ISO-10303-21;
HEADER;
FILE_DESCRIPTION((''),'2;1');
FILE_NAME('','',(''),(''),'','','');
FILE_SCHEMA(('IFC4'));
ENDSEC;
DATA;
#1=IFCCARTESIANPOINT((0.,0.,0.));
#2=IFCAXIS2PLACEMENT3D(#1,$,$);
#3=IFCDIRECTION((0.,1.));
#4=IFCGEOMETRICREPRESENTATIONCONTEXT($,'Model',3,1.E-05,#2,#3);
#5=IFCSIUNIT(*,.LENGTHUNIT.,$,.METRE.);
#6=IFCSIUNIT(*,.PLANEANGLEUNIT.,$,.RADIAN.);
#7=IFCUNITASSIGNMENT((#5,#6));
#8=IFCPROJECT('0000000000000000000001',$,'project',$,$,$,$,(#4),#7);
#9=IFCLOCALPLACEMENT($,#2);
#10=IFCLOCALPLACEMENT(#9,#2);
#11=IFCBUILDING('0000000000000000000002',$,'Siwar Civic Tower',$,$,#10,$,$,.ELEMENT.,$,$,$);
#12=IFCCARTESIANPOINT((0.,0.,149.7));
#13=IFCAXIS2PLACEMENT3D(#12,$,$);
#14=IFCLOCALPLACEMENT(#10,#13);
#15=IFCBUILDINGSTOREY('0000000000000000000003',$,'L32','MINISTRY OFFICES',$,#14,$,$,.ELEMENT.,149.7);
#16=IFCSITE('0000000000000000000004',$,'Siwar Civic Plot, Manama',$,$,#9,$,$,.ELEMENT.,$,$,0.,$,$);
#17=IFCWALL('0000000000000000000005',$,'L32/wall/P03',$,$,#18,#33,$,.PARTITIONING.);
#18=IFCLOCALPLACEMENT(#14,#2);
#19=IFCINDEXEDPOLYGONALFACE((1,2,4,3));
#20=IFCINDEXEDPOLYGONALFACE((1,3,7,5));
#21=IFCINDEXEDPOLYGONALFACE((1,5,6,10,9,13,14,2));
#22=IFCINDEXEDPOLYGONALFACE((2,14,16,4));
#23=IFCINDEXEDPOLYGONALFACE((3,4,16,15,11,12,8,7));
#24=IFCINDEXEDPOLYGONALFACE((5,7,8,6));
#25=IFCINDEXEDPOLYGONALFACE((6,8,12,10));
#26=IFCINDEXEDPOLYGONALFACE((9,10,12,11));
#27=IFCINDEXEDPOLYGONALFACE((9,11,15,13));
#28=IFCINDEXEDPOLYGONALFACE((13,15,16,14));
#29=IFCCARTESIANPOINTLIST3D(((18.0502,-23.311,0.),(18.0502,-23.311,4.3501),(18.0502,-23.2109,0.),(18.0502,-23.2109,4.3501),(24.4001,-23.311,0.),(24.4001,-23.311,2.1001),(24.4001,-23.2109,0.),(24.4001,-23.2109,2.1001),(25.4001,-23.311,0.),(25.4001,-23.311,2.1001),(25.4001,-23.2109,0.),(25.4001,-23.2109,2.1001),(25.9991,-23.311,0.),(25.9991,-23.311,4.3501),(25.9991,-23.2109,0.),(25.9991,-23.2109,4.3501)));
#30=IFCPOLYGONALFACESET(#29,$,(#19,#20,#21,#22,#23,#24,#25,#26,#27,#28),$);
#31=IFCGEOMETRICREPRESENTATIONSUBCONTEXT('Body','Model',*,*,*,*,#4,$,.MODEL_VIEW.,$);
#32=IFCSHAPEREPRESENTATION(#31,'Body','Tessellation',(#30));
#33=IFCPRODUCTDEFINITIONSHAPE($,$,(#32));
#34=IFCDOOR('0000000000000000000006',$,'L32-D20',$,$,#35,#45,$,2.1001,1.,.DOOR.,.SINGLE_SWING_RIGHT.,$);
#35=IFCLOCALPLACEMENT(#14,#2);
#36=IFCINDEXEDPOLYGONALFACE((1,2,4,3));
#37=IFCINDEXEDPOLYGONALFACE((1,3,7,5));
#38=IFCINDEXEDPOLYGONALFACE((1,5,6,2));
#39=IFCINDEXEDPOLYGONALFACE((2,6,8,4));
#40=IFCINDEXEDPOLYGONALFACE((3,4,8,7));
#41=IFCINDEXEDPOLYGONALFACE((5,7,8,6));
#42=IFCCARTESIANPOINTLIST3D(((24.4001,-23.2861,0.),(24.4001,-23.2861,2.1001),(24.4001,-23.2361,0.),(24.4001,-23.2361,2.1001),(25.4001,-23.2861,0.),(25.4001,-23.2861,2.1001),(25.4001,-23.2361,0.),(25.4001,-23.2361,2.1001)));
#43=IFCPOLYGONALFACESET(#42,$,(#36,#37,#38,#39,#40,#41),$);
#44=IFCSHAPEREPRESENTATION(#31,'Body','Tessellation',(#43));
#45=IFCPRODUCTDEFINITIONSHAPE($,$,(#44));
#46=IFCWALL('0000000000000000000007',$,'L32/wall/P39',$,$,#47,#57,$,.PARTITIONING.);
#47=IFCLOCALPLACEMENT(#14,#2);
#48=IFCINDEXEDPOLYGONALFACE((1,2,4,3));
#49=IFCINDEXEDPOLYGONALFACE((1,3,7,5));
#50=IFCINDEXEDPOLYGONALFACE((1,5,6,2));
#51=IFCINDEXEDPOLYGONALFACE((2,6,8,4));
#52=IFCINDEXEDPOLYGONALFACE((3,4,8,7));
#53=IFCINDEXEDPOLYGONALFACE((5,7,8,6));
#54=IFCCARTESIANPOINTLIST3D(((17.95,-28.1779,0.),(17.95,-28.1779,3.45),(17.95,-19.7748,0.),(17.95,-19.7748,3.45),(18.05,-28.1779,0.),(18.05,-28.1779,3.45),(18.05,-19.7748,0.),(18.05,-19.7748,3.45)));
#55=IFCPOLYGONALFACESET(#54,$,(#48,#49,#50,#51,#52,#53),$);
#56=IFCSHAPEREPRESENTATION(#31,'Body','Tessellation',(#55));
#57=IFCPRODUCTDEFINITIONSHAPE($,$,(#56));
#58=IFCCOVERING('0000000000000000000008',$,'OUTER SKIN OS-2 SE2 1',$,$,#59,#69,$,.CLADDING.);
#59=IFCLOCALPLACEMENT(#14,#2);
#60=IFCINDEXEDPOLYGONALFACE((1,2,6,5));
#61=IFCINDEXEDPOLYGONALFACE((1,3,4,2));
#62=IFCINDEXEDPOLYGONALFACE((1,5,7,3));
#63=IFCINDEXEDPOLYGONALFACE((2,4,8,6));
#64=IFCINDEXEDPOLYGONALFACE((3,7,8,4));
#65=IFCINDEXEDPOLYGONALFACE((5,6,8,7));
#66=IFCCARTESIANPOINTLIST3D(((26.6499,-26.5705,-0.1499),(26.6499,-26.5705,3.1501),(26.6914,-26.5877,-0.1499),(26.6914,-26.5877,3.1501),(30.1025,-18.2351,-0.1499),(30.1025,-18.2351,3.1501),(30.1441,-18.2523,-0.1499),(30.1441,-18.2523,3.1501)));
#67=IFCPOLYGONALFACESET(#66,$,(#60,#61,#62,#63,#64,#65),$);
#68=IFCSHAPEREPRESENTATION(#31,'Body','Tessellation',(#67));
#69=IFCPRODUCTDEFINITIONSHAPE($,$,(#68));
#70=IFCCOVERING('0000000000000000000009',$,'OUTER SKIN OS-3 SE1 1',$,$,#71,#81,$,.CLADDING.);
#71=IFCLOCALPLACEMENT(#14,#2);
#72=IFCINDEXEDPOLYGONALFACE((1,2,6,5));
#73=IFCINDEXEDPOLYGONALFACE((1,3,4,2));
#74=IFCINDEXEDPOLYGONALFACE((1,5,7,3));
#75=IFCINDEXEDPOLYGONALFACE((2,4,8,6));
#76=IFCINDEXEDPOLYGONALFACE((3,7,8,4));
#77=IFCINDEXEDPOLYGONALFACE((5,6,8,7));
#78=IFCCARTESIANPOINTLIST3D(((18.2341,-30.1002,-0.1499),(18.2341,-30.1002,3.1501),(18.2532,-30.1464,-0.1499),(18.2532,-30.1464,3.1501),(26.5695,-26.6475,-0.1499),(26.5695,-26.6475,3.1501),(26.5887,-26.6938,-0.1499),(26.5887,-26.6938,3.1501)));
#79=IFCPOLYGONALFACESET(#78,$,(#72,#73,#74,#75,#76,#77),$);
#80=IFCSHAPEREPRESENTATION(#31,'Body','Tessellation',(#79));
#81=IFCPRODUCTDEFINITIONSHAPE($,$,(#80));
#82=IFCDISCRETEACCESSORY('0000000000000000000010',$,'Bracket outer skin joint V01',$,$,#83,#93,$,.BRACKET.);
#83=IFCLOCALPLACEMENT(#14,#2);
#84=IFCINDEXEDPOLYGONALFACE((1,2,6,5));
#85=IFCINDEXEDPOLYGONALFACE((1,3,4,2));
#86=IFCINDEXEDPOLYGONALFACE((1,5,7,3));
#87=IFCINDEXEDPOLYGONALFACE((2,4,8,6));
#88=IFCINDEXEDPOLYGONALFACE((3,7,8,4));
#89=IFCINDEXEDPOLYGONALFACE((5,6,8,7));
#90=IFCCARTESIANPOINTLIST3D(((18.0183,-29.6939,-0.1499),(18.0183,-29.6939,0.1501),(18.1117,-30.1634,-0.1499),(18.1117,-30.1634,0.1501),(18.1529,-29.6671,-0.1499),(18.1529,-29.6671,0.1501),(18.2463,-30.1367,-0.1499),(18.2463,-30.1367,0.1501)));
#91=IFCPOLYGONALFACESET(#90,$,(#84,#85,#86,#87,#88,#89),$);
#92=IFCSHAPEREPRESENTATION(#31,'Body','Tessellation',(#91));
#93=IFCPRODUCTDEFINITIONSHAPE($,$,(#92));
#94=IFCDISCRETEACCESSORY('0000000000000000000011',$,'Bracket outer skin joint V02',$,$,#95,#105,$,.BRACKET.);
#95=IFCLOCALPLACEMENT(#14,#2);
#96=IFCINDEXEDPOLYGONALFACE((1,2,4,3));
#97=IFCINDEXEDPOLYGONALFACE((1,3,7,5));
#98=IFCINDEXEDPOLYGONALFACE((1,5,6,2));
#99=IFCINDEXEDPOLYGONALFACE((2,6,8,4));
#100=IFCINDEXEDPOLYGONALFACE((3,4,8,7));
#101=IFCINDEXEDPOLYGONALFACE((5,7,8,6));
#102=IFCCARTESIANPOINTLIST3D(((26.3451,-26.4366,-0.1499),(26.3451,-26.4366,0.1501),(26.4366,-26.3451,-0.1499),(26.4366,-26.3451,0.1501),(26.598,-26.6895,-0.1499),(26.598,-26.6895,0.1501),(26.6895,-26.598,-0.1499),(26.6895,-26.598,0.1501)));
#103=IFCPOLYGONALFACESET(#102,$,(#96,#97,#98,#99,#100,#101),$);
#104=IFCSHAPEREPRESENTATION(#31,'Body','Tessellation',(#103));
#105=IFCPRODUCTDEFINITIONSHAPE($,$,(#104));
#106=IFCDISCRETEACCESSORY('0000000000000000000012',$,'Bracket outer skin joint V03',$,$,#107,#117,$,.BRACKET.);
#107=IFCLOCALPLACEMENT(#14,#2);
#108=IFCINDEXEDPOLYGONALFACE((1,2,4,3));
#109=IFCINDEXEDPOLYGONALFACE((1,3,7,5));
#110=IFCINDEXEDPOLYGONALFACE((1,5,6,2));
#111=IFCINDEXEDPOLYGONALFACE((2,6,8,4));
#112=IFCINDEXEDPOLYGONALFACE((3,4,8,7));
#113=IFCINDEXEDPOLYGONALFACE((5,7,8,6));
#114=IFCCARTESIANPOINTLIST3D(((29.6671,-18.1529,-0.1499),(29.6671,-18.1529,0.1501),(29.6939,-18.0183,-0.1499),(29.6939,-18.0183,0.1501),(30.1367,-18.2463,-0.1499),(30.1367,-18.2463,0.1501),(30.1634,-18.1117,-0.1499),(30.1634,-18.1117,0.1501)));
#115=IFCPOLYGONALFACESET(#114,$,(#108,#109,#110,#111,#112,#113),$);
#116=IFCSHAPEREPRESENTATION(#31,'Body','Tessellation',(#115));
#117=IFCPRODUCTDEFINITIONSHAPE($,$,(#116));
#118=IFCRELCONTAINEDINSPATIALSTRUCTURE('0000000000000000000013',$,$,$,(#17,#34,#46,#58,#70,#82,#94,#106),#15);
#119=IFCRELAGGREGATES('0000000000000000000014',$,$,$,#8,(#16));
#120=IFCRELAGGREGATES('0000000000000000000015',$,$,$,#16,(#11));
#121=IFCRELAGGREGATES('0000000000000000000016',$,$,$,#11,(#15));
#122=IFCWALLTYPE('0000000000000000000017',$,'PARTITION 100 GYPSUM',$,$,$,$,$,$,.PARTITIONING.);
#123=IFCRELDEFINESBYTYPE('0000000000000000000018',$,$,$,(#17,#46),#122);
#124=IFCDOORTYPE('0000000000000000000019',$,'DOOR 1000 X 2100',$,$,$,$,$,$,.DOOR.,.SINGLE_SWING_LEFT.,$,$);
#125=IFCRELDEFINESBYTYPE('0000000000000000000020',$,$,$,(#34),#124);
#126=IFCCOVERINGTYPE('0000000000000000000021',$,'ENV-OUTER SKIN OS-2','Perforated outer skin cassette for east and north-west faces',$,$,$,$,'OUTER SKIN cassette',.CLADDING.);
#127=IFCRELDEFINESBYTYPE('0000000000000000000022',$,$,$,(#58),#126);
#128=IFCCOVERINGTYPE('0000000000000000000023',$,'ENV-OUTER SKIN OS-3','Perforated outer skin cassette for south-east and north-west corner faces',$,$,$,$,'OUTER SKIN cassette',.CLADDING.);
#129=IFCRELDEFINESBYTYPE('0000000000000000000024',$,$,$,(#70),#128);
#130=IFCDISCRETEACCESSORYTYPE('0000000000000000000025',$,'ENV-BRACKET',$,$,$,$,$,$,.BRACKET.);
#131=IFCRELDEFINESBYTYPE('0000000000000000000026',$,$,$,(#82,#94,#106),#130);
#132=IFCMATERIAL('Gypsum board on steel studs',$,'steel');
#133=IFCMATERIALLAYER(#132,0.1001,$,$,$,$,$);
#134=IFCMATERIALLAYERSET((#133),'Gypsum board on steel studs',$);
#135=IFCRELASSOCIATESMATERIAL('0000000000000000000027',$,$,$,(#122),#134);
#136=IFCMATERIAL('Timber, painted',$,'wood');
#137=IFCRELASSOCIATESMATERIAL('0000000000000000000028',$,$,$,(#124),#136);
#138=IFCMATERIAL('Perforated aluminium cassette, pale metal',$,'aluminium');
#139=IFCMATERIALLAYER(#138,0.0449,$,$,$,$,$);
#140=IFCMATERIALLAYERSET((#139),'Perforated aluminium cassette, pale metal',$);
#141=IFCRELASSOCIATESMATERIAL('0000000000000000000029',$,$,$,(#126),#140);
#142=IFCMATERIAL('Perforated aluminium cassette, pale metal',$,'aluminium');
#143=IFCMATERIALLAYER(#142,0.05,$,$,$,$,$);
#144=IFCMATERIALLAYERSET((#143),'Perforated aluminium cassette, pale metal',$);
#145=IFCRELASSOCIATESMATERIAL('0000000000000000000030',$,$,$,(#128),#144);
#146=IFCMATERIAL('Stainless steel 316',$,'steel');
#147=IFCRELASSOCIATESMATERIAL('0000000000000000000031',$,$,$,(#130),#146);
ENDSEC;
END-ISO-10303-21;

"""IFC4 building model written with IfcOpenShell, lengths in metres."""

from ifc_helpers import new_model, si_unit, direction, frame, frame_2d, origin, origin_2d, place, context, subcontext, project, spatial, rectangle, extrude, material, layer, layer_set, type_object, element, fill, save


model = new_model("IFC4")

# Units and contexts
model_context = context("Model", 3, precision=1e-05, world=origin(), true_north=direction((0.0, 1.0)))
body_context = subcontext(model_context, "Body", "Model", "MODEL_VIEW")
ifc_project = project(units=[si_unit("LENGTHUNIT", "METRE"), si_unit("PLANEANGLEUNIT", "RADIAN")], contexts=[model_context])

# Site, building, storey
site_placement = place(None, origin())
site = spatial("IfcSite", under=ifc_project, at=site_placement, Name="Siwar Civic Plot, Manama", CompositionType="ELEMENT", RefElevation=0.0)
building_placement = place(site_placement, origin())
building = spatial("IfcBuilding", under=site, at=building_placement, Name="Siwar Civic Tower", CompositionType="ELEMENT")
storey_placement = place(building_placement, frame((0.0, 0.0, 149.7)))
storey = spatial("IfcBuildingStorey", under=building, at=storey_placement, Name="L32", Description="MINISTRY OFFICES", CompositionType="ELEMENT", Elevation=149.7)

# Wall, opening, door
ifc_material_1 = material(Name="Gypsum board on steel studs", Category="steel")
ifc_layer_1 = layer(ifc_material_1, 0.1001)
ifc_layer_set_1 = layer_set([ifc_layer_1], Name="Gypsum board on steel studs")
wall_type_1 = type_object("IfcWallType", Name="PARTITION 100 GYPSUM", PredefinedType="PARTITIONING", material=ifc_layer_set_1)
wall_1_placement = place(storey_placement, frame((18.05, -23.261, 0.0), z_axis=(0.0, 0.0, 1.0), x_axis=(1.0, 0.0, 0.0)))
wall_1 = element("IfcWall", 1, at=wall_1_placement, inside=storey, type_object=wall_type_1, Name="L32/wall/P03", PredefinedType="PARTITIONING", context=body_context, shape_type="SweptSolid", body=[
    extrude(rectangle(XDim=7.949, YDim=0.1001, at=frame_2d((3.9746, 0.0))), origin(), (0.0, 0.0, 1.0), 4.3501),
])
opening_placement = place(wall_1_placement, frame((6.3501, 0.0, 0.0)))
opening = element("IfcOpeningElement", 2, at=opening_placement, cuts=wall_1, PredefinedType="OPENING", context=body_context, shape_type="SweptSolid", body=[
    extrude(rectangle(XDim=1.0, YDim=2.1001, at=frame_2d((0.5, 1.05))), frame((0.0, 0.0601, 0.0), z_axis=(0.0, -1.0, 0.0), x_axis=(1.0, 0.0, 0.0)), (0.0, 0.0, 1.0), 0.1201),
])
ifc_material_2 = material(Name="Timber, painted", Category="wood")
door_type = type_object("IfcDoorType", Name="DOOR 1000 X 2100", OperationType="SINGLE_SWING_LEFT", PredefinedType="DOOR", material=ifc_material_2)
door_placement = place(opening_placement, origin())
door = element("IfcDoor", 3, at=door_placement, inside=storey, type_object=door_type, Name="L32-D20", OperationType="SINGLE_SWING_RIGHT", OverallHeight=2.1001, OverallWidth=1.0, PredefinedType="DOOR", context=body_context, shape_type="SweptSolid", body=[
    extrude(rectangle(XDim=1.0, YDim=2.1001, at=frame_2d((0.5, 1.05))), frame((0.0, 0.0249, 0.0), z_axis=(0.0, -1.0, 0.0), x_axis=(1.0, 0.0, 0.0)), (0.0, 0.0, 1.0), 0.05),
])
fill(opening, door)

# Wall
wall_2_placement = place(storey_placement, frame((18.0, -28.178, 0.0), z_axis=(0.0, 0.0, 1.0), x_axis=(0.0, 1.0, 0.0)))
element("IfcWall", 4, at=wall_2_placement, inside=storey, type_object=wall_type_1, Name="L32/wall/P39", PredefinedType="PARTITIONING", context=body_context, shape_type="SweptSolid", body=[
    extrude(rectangle(XDim=8.4031, YDim=0.1001, at=frame_2d((4.2017, 0.0))), origin(), (0.0, 0.0, 1.0), 3.45),
])

# Coverings
ifc_material_3 = material(Name="Perforated aluminium cassette, pale metal", Category="aluminium")
ifc_layer_2 = layer(ifc_material_3, 0.0449)
ifc_layer_set_2 = layer_set([ifc_layer_2], Name="Perforated aluminium cassette, pale metal")
covering_type_1 = type_object("IfcCoveringType", Name="ENV-OUTER SKIN OS-2", Description="Perforated outer skin cassette for east and north-west faces", ElementType="OUTER SKIN cassette", PredefinedType="CLADDING", material=ifc_layer_set_2)
covering_1_placement = place(storey_placement, frame((28.397, -22.4114, -0.1499), z_axis=(0.0, 0.0, 1.0), x_axis=(0.382683, 0.92388, 0.0)))
element("IfcCovering", 5, at=covering_1_placement, inside=storey, type_object=covering_type_1, Name="OUTER SKIN OS-2 SE2 1", PredefinedType="CLADDING", context=body_context, shape_type="SweptSolid", body=[
    extrude(rectangle(XDim=9.0222, YDim=0.0449, at=origin_2d()), origin(), (0.0, 0.0, 1.0), 3.3),
])
ifc_material_4 = material(Name="Perforated aluminium cassette, pale metal", Category="aluminium")
ifc_layer_3 = layer(ifc_material_4, 0.05)
ifc_layer_set_3 = layer_set([ifc_layer_3], Name="Perforated aluminium cassette, pale metal")
covering_type_2 = type_object("IfcCoveringType", Name="ENV-OUTER SKIN OS-3", Description="Perforated outer skin cassette for south-east and north-west corner faces", ElementType="OUTER SKIN cassette", PredefinedType="CLADDING", material=ifc_layer_set_3)
covering_2_placement = place(storey_placement, frame((22.4114, -28.397, -0.1499), z_axis=(0.0, 0.0, 1.0), x_axis=(0.92388, 0.382683, 0.0)))
element("IfcCovering", 6, at=covering_2_placement, inside=storey, type_object=covering_type_2, Name="OUTER SKIN OS-3 SE1 1", PredefinedType="CLADDING", context=body_context, shape_type="SweptSolid", body=[
    extrude(rectangle(XDim=9.0222, YDim=0.05, at=origin_2d()), origin(), (0.0, 0.0, 1.0), 3.3),
])

# Discrete accessories
ifc_material_5 = material(Name="Stainless steel 316", Category="steel")
discrete_accessory_type = type_object("IfcDiscreteAccessoryType", Name="ENV-BRACKET", PredefinedType="BRACKET", material=ifc_material_5)
discrete_accessory_1_placement = place(storey_placement, frame((18.1323, -29.9153, -0.1499), z_axis=(0.0, 0.0, 1.0), x_axis=(0.19509, -0.980785, 0.0)))
element("IfcDiscreteAccessory", 7, at=discrete_accessory_1_placement, inside=storey, type_object=discrete_accessory_type, Name="Bracket outer skin joint V01", PredefinedType="BRACKET", context=body_context, shape_type="SweptSolid", body=[
    extrude(rectangle(XDim=0.4788, YDim=0.1372, at=origin_2d()), origin(), (0.0, 0.0, 1.0), 0.3),
])
discrete_accessory_2_placement = place(storey_placement, frame((26.5173, -26.5173, -0.1499), z_axis=(0.0, 0.0, 1.0), x_axis=(0.707107, -0.707107, 0.0)))
element("IfcDiscreteAccessory", 8, at=discrete_accessory_2_placement, inside=storey, type_object=discrete_accessory_type, Name="Bracket outer skin joint V02", PredefinedType="BRACKET", context=body_context, shape_type="SweptSolid", body=[
    extrude(rectangle(XDim=0.3577, YDim=0.1294, at=origin_2d()), origin(), (0.0, 0.0, 1.0), 0.3),
])
discrete_accessory_3_placement = place(storey_placement, frame((29.9153, -18.1323, -0.1499), z_axis=(0.0, 0.0, 1.0), x_axis=(0.980785, -0.19509, 0.0)))
element("IfcDiscreteAccessory", 9, at=discrete_accessory_3_placement, inside=storey, type_object=discrete_accessory_type, Name="Bracket outer skin joint V03", PredefinedType="BRACKET", context=body_context, shape_type="SweptSolid", body=[
    extrude(rectangle(XDim=0.4788, YDim=0.1372, at=origin_2d()), origin(), (0.0, 0.0, 1.0), 0.3),
])

save(model, "model.ifc")
